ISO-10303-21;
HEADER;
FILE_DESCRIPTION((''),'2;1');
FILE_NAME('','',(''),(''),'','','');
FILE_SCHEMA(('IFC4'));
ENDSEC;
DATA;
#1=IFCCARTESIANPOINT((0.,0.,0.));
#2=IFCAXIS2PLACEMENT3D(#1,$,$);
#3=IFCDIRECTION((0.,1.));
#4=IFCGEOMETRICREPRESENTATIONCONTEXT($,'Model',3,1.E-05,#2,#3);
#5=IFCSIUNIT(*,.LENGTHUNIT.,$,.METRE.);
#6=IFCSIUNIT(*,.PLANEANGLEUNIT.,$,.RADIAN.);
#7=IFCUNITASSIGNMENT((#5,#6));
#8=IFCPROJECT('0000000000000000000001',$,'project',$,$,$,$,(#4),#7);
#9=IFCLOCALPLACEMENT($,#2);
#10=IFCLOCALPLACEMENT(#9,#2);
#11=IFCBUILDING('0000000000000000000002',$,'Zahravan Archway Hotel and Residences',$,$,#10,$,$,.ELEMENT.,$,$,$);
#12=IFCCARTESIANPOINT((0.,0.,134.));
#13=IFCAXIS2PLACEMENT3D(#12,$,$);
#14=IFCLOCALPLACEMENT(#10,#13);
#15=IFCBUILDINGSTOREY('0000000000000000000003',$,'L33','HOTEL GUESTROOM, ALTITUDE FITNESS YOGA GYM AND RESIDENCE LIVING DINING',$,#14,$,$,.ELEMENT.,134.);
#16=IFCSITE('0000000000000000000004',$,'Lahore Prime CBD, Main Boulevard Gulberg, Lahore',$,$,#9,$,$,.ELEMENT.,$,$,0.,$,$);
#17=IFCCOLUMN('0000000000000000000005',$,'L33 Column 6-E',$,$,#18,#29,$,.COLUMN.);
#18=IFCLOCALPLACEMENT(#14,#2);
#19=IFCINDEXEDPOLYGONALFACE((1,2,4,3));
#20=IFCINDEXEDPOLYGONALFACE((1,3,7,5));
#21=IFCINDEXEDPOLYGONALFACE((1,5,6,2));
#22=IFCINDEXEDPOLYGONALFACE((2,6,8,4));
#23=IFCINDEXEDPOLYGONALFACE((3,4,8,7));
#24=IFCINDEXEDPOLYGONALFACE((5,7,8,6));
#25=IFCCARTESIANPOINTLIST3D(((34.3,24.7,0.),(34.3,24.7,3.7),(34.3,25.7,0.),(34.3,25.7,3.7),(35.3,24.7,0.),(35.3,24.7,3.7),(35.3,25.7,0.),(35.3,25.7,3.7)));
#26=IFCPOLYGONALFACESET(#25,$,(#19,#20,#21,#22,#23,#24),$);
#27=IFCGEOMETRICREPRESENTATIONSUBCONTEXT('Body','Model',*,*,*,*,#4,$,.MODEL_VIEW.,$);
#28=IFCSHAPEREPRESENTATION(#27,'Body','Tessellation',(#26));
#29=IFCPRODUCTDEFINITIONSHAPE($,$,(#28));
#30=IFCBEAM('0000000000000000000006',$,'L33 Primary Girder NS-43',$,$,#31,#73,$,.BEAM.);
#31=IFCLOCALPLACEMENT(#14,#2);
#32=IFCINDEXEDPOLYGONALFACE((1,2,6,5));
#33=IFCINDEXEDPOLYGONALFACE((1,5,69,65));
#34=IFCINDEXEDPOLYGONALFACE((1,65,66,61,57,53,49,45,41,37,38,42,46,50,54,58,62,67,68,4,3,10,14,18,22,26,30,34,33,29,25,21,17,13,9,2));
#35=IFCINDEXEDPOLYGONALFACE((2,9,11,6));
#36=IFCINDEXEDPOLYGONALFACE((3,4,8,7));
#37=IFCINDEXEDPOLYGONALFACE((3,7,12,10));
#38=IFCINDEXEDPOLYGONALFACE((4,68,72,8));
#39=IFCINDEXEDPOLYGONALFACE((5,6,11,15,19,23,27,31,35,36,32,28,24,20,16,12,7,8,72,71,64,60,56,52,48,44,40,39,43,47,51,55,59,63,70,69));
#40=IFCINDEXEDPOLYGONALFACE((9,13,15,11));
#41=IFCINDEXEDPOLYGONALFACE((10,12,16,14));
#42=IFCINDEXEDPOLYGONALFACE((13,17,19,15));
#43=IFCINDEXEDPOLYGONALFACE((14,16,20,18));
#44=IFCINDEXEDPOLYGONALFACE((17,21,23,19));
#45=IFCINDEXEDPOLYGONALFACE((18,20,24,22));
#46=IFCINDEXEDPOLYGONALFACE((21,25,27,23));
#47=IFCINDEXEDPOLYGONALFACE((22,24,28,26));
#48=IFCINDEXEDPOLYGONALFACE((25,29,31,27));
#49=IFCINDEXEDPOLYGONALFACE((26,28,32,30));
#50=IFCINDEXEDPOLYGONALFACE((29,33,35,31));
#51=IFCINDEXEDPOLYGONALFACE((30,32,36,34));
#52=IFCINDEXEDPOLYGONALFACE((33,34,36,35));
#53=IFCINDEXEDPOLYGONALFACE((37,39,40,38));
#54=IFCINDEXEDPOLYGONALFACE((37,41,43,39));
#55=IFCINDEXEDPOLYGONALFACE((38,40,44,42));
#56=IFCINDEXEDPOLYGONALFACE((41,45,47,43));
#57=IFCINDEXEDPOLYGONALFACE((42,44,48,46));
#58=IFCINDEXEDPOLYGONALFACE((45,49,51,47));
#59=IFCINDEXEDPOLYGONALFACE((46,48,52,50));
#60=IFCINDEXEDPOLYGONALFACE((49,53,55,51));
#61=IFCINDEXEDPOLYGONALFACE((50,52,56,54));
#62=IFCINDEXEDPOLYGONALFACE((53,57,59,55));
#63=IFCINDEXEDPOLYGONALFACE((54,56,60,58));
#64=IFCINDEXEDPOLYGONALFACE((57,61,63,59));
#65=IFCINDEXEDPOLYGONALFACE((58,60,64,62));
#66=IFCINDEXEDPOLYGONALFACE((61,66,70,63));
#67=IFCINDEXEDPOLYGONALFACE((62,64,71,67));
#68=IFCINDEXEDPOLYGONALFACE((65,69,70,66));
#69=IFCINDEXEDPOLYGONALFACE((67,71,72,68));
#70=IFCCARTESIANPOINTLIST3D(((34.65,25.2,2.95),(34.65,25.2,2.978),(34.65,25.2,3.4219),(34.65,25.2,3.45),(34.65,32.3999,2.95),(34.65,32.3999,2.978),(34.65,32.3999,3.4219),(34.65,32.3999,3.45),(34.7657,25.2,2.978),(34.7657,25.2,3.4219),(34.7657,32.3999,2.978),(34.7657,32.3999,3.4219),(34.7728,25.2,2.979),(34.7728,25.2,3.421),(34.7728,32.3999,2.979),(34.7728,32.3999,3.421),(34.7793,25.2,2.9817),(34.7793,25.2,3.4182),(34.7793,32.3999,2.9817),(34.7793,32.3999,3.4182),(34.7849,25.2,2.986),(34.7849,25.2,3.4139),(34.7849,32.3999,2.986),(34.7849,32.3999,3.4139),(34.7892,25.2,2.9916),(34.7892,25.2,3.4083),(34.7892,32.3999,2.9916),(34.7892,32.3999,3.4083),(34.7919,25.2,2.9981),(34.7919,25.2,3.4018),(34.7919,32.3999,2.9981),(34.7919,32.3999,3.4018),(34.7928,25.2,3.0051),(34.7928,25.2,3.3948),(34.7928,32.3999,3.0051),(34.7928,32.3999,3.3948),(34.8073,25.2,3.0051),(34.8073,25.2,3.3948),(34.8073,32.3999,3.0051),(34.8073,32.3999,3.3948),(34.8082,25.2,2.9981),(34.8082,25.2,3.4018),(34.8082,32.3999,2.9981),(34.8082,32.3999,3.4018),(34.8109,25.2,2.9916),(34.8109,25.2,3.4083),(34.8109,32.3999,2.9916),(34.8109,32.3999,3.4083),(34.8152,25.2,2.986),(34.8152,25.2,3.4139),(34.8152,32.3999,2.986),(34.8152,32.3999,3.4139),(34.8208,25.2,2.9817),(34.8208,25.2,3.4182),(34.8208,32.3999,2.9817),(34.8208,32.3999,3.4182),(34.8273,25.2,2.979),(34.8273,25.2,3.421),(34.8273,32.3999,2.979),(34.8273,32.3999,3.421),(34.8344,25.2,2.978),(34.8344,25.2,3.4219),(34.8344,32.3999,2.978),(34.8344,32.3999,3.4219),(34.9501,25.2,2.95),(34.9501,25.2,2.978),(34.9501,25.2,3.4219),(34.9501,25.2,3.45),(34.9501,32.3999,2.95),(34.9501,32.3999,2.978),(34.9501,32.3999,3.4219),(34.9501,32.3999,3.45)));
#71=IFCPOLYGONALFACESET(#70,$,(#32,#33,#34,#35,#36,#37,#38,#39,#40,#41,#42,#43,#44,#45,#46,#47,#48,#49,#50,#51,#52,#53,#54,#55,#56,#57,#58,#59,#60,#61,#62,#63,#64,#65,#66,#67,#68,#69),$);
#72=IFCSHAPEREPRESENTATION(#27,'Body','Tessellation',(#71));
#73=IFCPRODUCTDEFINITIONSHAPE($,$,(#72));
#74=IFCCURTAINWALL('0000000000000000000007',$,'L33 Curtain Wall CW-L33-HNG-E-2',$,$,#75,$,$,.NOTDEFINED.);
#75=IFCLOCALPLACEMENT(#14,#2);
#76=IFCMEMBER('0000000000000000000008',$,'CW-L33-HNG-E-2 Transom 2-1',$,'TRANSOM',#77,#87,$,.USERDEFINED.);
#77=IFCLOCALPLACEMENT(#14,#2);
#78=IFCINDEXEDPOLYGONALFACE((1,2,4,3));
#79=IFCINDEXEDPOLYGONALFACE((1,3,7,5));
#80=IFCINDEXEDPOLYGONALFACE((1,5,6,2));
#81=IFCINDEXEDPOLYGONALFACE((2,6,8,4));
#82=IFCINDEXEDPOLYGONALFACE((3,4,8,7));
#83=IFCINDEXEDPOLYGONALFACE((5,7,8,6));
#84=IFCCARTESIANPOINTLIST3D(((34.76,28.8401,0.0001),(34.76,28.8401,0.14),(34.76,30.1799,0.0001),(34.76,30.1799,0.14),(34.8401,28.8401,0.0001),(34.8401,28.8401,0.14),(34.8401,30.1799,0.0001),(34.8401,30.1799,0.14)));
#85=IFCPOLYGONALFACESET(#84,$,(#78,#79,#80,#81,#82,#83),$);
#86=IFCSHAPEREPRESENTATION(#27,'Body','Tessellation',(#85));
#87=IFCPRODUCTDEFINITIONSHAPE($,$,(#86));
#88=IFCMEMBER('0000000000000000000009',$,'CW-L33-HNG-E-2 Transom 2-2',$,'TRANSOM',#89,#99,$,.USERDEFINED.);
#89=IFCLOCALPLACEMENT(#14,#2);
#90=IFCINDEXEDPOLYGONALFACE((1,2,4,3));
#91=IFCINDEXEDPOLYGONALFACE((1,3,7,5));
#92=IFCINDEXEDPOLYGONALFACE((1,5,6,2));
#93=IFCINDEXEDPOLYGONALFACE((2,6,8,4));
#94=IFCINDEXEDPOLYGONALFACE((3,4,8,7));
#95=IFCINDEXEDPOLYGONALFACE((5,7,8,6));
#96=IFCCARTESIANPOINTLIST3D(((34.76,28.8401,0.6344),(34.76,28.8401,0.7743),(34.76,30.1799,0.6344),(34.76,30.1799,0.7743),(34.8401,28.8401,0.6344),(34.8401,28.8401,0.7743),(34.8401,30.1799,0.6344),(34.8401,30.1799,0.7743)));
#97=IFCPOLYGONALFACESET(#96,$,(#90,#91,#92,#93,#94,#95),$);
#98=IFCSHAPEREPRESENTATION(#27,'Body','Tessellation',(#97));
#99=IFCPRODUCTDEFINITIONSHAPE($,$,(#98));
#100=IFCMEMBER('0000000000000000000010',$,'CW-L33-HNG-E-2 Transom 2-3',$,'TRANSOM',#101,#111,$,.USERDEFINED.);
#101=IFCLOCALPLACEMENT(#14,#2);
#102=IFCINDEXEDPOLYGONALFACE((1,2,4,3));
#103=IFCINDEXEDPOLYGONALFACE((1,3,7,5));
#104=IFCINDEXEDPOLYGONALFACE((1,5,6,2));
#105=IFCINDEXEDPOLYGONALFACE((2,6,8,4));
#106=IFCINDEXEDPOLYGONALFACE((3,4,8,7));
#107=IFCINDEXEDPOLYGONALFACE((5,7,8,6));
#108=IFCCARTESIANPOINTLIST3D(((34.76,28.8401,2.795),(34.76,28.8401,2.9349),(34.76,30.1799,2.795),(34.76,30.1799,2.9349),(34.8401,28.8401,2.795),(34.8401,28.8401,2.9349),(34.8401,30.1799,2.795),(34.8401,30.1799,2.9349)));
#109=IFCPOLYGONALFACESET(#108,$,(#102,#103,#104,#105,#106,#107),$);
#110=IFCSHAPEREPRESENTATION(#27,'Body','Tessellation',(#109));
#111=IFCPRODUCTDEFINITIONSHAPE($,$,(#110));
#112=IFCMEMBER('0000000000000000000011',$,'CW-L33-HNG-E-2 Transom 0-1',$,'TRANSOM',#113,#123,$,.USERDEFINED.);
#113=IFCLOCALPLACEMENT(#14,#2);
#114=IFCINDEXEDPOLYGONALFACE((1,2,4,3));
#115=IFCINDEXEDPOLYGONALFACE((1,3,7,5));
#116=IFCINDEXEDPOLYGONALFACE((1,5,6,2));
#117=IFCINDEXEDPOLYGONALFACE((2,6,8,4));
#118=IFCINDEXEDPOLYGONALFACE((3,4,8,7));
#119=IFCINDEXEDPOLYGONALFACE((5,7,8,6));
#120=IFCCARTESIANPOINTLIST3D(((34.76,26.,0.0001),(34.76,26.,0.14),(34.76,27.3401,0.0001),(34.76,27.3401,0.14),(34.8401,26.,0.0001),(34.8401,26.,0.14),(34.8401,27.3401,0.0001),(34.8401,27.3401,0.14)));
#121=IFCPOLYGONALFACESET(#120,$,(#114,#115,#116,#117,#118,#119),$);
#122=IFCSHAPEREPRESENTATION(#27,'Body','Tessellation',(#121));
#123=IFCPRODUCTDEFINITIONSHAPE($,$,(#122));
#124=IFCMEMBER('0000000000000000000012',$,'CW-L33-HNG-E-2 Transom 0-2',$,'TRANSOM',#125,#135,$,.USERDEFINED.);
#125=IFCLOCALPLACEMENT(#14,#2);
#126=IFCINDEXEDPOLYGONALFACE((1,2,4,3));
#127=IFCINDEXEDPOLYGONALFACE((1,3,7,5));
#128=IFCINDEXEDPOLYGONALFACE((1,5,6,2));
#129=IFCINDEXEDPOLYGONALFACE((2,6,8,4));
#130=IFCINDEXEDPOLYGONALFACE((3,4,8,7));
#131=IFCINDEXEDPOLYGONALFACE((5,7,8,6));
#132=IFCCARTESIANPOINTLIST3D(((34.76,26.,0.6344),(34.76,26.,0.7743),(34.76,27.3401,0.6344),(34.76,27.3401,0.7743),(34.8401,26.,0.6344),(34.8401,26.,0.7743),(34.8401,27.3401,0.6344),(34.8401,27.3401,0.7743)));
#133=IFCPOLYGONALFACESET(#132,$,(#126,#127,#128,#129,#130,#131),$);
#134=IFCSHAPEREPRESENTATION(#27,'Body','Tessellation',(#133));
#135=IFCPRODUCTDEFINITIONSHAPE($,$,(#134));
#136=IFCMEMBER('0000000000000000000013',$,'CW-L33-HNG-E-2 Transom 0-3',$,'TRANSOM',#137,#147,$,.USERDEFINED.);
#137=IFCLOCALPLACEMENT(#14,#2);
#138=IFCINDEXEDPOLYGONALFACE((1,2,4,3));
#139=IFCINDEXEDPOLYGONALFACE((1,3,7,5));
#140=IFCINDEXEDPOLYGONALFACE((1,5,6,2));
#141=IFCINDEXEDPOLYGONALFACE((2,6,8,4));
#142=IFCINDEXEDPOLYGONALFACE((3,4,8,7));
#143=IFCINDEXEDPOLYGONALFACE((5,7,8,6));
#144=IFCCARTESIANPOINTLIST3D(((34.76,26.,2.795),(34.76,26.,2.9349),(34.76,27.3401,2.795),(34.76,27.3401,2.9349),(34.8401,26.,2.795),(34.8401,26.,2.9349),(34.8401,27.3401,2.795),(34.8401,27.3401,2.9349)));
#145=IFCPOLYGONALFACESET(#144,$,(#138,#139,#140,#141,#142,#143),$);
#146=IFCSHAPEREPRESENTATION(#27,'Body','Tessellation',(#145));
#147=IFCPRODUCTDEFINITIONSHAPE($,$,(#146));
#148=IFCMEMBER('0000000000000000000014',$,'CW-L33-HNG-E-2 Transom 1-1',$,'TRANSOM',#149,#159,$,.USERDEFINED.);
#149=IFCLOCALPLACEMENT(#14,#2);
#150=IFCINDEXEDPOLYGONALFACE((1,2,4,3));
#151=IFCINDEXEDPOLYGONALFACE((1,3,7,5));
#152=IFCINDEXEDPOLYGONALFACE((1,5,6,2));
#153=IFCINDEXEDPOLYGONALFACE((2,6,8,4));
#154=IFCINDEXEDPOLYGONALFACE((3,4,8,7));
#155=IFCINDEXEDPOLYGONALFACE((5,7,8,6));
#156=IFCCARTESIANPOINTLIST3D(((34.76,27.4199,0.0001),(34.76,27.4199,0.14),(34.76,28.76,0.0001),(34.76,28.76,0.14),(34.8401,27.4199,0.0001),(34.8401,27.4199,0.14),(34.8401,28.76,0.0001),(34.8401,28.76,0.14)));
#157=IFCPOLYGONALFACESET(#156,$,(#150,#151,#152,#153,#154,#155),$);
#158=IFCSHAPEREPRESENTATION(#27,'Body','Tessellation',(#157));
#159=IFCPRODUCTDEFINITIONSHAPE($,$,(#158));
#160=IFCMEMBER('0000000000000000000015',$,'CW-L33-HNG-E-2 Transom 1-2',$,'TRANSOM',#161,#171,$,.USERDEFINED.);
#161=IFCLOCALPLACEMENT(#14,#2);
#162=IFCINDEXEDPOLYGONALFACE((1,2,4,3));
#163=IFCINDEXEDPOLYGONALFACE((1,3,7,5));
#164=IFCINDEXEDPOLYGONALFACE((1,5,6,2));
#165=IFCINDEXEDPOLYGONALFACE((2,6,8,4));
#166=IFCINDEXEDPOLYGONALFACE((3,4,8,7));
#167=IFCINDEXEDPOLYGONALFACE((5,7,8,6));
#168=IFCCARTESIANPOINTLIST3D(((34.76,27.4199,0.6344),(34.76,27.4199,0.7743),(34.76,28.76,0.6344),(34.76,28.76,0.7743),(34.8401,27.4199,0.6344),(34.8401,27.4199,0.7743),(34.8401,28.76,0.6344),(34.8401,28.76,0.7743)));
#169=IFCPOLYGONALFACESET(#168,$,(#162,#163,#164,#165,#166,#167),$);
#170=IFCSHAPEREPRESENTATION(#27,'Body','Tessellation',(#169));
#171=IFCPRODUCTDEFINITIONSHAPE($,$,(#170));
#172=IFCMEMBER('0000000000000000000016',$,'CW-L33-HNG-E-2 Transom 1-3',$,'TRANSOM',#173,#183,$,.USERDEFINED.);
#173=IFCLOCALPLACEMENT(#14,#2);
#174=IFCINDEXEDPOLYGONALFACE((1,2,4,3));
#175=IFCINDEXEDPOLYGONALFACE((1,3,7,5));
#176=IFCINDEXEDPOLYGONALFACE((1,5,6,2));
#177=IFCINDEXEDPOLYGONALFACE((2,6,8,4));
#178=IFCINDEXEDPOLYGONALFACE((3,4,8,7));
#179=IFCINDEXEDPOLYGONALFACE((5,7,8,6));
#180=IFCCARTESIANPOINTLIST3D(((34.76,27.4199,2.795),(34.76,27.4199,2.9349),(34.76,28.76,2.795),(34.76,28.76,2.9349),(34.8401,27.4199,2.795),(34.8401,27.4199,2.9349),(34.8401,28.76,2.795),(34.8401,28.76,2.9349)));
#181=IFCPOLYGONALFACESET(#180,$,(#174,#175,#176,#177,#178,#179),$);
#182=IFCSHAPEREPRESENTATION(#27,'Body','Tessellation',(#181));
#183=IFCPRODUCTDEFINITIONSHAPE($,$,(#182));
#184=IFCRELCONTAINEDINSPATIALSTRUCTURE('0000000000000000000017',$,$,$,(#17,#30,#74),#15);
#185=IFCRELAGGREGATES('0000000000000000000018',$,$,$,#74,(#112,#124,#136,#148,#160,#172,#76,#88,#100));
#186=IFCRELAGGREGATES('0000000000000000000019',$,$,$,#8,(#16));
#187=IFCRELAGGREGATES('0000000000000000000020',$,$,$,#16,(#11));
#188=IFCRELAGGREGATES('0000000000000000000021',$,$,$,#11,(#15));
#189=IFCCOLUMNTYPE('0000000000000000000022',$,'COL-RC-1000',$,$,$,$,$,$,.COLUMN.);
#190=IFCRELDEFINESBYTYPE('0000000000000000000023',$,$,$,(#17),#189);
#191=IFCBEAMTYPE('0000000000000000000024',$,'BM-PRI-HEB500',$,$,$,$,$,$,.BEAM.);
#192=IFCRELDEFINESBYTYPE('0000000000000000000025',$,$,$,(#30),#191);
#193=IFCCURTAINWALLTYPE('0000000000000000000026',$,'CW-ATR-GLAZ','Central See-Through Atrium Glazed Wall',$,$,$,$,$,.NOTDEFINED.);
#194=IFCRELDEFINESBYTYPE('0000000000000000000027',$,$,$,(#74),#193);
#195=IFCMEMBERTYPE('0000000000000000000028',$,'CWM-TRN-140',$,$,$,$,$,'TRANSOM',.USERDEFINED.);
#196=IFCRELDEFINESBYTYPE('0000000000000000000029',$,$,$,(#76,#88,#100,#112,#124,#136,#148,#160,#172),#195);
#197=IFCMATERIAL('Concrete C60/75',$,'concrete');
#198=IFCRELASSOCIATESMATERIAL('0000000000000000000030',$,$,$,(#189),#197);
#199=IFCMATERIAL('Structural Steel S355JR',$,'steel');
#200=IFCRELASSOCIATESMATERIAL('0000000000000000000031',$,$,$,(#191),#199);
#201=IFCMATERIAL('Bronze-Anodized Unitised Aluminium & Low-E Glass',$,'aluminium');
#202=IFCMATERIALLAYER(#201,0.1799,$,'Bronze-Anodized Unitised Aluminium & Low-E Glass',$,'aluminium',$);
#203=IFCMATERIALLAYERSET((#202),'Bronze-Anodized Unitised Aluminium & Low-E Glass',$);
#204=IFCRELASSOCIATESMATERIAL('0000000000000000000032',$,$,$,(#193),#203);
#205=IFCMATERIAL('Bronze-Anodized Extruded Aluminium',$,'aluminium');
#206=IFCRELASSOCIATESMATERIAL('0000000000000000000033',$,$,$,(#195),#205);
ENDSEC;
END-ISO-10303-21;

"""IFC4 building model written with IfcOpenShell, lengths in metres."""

from ifc_helpers import new_model, si_unit, direction, frame, origin, origin_2d, place, context, subcontext, project, spatial, rectangle, i_section, extrude, source, transform, mapped, material, layer, layer_set, material_profile, profile_set, type_object, type_shapes, element, aggregate, save


model = new_model("IFC4")

# Units and contexts
model_context = context("Model", 3, precision=1e-05, world=origin(), true_north=direction((0.0, 1.0)))
body_context = subcontext(model_context, "Body", "Model", "MODEL_VIEW")
ifc_project = project(units=[si_unit("LENGTHUNIT", "METRE"), si_unit("PLANEANGLEUNIT", "RADIAN")], contexts=[model_context])

# Site, building, storey
site_placement = place(None, origin())
site = spatial("IfcSite", under=ifc_project, at=site_placement, Name="Lahore Prime CBD, Main Boulevard Gulberg, Lahore", CompositionType="ELEMENT", RefElevation=0.0)
building_placement = place(site_placement, origin())
building = spatial("IfcBuilding", under=site, at=building_placement, Name="Zahravan Archway Hotel and Residences", CompositionType="ELEMENT")
storey_placement = place(building_placement, frame((0.0, 0.0, 134.0)))
storey = spatial("IfcBuildingStorey", under=building, at=storey_placement, Name="L33", Description="HOTEL GUESTROOM, ALTITUDE FITNESS YOGA GYM AND RESIDENCE LIVING DINING", CompositionType="ELEMENT", Elevation=134.0)

# Column
ifc_material_1 = material(Name="Concrete C60/75", Category="concrete")
ifc_material_profile_1 = material_profile(ifc_material_1, rectangle(XDim=1.0, YDim=1.0, at=origin_2d()), Name="RC-COL-1000x1000", Category="concrete")
ifc_profile_set_1 = profile_set([ifc_material_profile_1], Name="Concrete C60/75")
column_type = type_object("IfcColumnType", Name="COL-RC-1000", PredefinedType="COLUMN", material=ifc_profile_set_1)
shared_shape_1 = source(origin(), body_context, "Body", "SweptSolid", [
    extrude(rectangle(XDim=1.0, YDim=1.0, at=origin_2d()), origin(), (0.0, 0.0, 1.0), 3.7),
])
type_shapes(column_type, [shared_shape_1])
column_placement = place(storey_placement, frame((34.8, 25.2, 0.0), z_axis=(0.0, 0.0, 1.0), x_axis=(1.0, 0.0, 0.0)))
element("IfcColumn", 1, at=column_placement, inside=storey, type_object=column_type, Name="L33 Column 6-E", PredefinedType="COLUMN", context=body_context, shape_type="MappedRepresentation", body=[
    mapped(shared_shape_1, transform((0.0, 0.0, 0.0), scale=1.0)),
])

# Beam
ifc_material_2 = material(Name="Structural Steel S355JR", Category="steel")
ifc_material_profile_2 = material_profile(ifc_material_2, i_section(OverallWidth=0.3, OverallDepth=0.5, WebThickness=0.0144, FlangeThickness=0.0281, FilletRadius=0.0271, at=origin_2d()), Name="HEB 500", Category="steel")
ifc_profile_set_2 = profile_set([ifc_material_profile_2], Name="Structural Steel S355JR")
beam_type = type_object("IfcBeamType", Name="BM-PRI-HEB500", PredefinedType="BEAM", material=ifc_profile_set_2)
shared_shape_2 = source(origin(), body_context, "Body", "SweptSolid", [
    extrude(i_section(OverallWidth=0.3, OverallDepth=0.5, WebThickness=0.0144, FlangeThickness=0.0281, FilletRadius=0.0271, at=origin_2d()), origin(), (0.0, 0.0, 1.0), 7.2),
])
beam_placement = place(storey_placement, frame((34.8, 25.2, 3.2), z_axis=(0.0, 1.0, 0.0), x_axis=(-1.0, 0.0, 0.0)))
element("IfcBeam", 2, at=beam_placement, inside=storey, type_object=beam_type, Name="L33 Primary Girder NS-43", PredefinedType="BEAM", context=body_context, shape_type="MappedRepresentation", body=[
    mapped(shared_shape_2, transform((0.0, 0.0, 0.0), scale=1.0)),
])

# Curtain wall, members
ifc_material_3 = material(Name="Bronze-Anodized Unitised Aluminium & Low-E Glass", Category="aluminium")
ifc_layer_1 = layer(ifc_material_3, 0.1799, Name="Bronze-Anodized Unitised Aluminium & Low-E Glass", Category="aluminium")
ifc_layer_set_1 = layer_set([ifc_layer_1], Name="Bronze-Anodized Unitised Aluminium & Low-E Glass")
curtain_wall_type = type_object("IfcCurtainWallType", Name="CW-ATR-GLAZ", Description="Central See-Through Atrium Glazed Wall", PredefinedType="NOTDEFINED", material=ifc_layer_set_1)
curtain_wall_1_placement = place(storey_placement, origin())
curtain_wall_1 = element("IfcCurtainWall", 3, at=curtain_wall_1_placement, inside=storey, type_object=curtain_wall_type, Name="L33 Curtain Wall CW-L33-HNG-E-2", PredefinedType="NOTDEFINED")
ifc_material_4 = material(Name="Bronze-Anodized Extruded Aluminium", Category="aluminium")
ifc_material_profile_3 = material_profile(ifc_material_4, rectangle(XDim=0.0801, YDim=0.1399, at=origin_2d()), Name="TRN 80x140", Category="aluminium")
ifc_profile_set_3 = profile_set([ifc_material_profile_3], Name="Bronze-Anodized Extruded Aluminium")
member_type_1 = type_object("IfcMemberType", Name="CWM-TRN-140", ElementType="TRANSOM", PredefinedType="USERDEFINED", material=ifc_profile_set_3)
shared_shape_3 = source(origin(), body_context, "Body", "SweptSolid", [
    extrude(rectangle(XDim=0.0801, YDim=0.1399, at=origin_2d()), origin(), (0.0, 0.0, 1.0), 1.3398),
])
member_1_placement = place(storey_placement, frame((34.8, 28.8401, 0.0701), z_axis=(0.0, 1.0, 0.0), x_axis=(-1.0, 0.0, 0.0)))
member_1 = element("IfcMember", 4, at=member_1_placement, type_object=member_type_1, Name="CW-L33-HNG-E-2 Transom 2-1", ObjectType="TRANSOM", PredefinedType="USERDEFINED", context=body_context, shape_type="MappedRepresentation", body=[
    mapped(shared_shape_3, transform((0.0, 0.0, 0.0), scale=1.0)),
])
member_2_placement = place(storey_placement, frame((34.8, 28.8401, 0.7043), z_axis=(0.0, 1.0, 0.0), x_axis=(-1.0, 0.0, 0.0)))
member_2 = element("IfcMember", 5, at=member_2_placement, type_object=member_type_1, Name="CW-L33-HNG-E-2 Transom 2-2", ObjectType="TRANSOM", PredefinedType="USERDEFINED", context=body_context, shape_type="MappedRepresentation", body=[
    mapped(shared_shape_3, transform((0.0, 0.0, 0.0), scale=1.0)),
])
member_3_placement = place(storey_placement, frame((34.8, 28.8401, 2.865), z_axis=(0.0, 1.0, 0.0), x_axis=(-1.0, 0.0, 0.0)))
member_3 = element("IfcMember", 6, at=member_3_placement, type_object=member_type_1, Name="CW-L33-HNG-E-2 Transom 2-3", ObjectType="TRANSOM", PredefinedType="USERDEFINED", context=body_context, shape_type="MappedRepresentation", body=[
    mapped(shared_shape_3, transform((0.0, 0.0, 0.0), scale=1.0)),
])
shared_shape_4 = source(origin(), body_context, "Body", "SweptSolid", [
    extrude(rectangle(XDim=0.0801, YDim=0.1399, at=origin_2d()), origin(), (0.0, 0.0, 1.0), 1.3401),
])
member_4_placement = place(storey_placement, frame((34.8, 26.0, 0.0701), z_axis=(0.0, 1.0, 0.0), x_axis=(-1.0, 0.0, 0.0)))
member_4 = element("IfcMember", 7, at=member_4_placement, type_object=member_type_1, Name="CW-L33-HNG-E-2 Transom 0-1", ObjectType="TRANSOM", PredefinedType="USERDEFINED", context=body_context, shape_type="MappedRepresentation", body=[
    mapped(shared_shape_4, transform((0.0, 0.0, 0.0), scale=1.0)),
])
member_5_placement = place(storey_placement, frame((34.8, 26.0, 0.7043), z_axis=(0.0, 1.0, 0.0), x_axis=(-1.0, 0.0, 0.0)))
member_5 = element("IfcMember", 8, at=member_5_placement, type_object=member_type_1, Name="CW-L33-HNG-E-2 Transom 0-2", ObjectType="TRANSOM", PredefinedType="USERDEFINED", context=body_context, shape_type="MappedRepresentation", body=[
    mapped(shared_shape_4, transform((0.0, 0.0, 0.0), scale=1.0)),
])
member_6_placement = place(storey_placement, frame((34.8, 26.0, 2.865), z_axis=(0.0, 1.0, 0.0), x_axis=(-1.0, 0.0, 0.0)))
member_6 = element("IfcMember", 9, at=member_6_placement, type_object=member_type_1, Name="CW-L33-HNG-E-2 Transom 0-3", ObjectType="TRANSOM", PredefinedType="USERDEFINED", context=body_context, shape_type="MappedRepresentation", body=[
    mapped(shared_shape_4, transform((0.0, 0.0, 0.0), scale=1.0)),
])
member_7_placement = place(storey_placement, frame((34.8, 27.4199, 0.0701), z_axis=(0.0, 1.0, 0.0), x_axis=(-1.0, 0.0, 0.0)))
member_7 = element("IfcMember", 10, at=member_7_placement, type_object=member_type_1, Name="CW-L33-HNG-E-2 Transom 1-1", ObjectType="TRANSOM", PredefinedType="USERDEFINED", context=body_context, shape_type="MappedRepresentation", body=[
    mapped(shared_shape_4, transform((0.0, 0.0, 0.0), scale=1.0)),
])
member_8_placement = place(storey_placement, frame((34.8, 27.4199, 0.7043), z_axis=(0.0, 1.0, 0.0), x_axis=(-1.0, 0.0, 0.0)))
member_8 = element("IfcMember", 11, at=member_8_placement, type_object=member_type_1, Name="CW-L33-HNG-E-2 Transom 1-2", ObjectType="TRANSOM", PredefinedType="USERDEFINED", context=body_context, shape_type="MappedRepresentation", body=[
    mapped(shared_shape_4, transform((0.0, 0.0, 0.0), scale=1.0)),
])
member_9_placement = place(storey_placement, frame((34.8, 27.4199, 2.865), z_axis=(0.0, 1.0, 0.0), x_axis=(-1.0, 0.0, 0.0)))
member_9 = element("IfcMember", 12, at=member_9_placement, type_object=member_type_1, Name="CW-L33-HNG-E-2 Transom 1-3", ObjectType="TRANSOM", PredefinedType="USERDEFINED", context=body_context, shape_type="MappedRepresentation", body=[
    mapped(shared_shape_4, transform((0.0, 0.0, 0.0), scale=1.0)),
])

aggregate(curtain_wall_1, [member_4, member_5, member_6, member_7, member_8, member_9, member_1, member_2, member_3])

save(model, "model.ifc")
